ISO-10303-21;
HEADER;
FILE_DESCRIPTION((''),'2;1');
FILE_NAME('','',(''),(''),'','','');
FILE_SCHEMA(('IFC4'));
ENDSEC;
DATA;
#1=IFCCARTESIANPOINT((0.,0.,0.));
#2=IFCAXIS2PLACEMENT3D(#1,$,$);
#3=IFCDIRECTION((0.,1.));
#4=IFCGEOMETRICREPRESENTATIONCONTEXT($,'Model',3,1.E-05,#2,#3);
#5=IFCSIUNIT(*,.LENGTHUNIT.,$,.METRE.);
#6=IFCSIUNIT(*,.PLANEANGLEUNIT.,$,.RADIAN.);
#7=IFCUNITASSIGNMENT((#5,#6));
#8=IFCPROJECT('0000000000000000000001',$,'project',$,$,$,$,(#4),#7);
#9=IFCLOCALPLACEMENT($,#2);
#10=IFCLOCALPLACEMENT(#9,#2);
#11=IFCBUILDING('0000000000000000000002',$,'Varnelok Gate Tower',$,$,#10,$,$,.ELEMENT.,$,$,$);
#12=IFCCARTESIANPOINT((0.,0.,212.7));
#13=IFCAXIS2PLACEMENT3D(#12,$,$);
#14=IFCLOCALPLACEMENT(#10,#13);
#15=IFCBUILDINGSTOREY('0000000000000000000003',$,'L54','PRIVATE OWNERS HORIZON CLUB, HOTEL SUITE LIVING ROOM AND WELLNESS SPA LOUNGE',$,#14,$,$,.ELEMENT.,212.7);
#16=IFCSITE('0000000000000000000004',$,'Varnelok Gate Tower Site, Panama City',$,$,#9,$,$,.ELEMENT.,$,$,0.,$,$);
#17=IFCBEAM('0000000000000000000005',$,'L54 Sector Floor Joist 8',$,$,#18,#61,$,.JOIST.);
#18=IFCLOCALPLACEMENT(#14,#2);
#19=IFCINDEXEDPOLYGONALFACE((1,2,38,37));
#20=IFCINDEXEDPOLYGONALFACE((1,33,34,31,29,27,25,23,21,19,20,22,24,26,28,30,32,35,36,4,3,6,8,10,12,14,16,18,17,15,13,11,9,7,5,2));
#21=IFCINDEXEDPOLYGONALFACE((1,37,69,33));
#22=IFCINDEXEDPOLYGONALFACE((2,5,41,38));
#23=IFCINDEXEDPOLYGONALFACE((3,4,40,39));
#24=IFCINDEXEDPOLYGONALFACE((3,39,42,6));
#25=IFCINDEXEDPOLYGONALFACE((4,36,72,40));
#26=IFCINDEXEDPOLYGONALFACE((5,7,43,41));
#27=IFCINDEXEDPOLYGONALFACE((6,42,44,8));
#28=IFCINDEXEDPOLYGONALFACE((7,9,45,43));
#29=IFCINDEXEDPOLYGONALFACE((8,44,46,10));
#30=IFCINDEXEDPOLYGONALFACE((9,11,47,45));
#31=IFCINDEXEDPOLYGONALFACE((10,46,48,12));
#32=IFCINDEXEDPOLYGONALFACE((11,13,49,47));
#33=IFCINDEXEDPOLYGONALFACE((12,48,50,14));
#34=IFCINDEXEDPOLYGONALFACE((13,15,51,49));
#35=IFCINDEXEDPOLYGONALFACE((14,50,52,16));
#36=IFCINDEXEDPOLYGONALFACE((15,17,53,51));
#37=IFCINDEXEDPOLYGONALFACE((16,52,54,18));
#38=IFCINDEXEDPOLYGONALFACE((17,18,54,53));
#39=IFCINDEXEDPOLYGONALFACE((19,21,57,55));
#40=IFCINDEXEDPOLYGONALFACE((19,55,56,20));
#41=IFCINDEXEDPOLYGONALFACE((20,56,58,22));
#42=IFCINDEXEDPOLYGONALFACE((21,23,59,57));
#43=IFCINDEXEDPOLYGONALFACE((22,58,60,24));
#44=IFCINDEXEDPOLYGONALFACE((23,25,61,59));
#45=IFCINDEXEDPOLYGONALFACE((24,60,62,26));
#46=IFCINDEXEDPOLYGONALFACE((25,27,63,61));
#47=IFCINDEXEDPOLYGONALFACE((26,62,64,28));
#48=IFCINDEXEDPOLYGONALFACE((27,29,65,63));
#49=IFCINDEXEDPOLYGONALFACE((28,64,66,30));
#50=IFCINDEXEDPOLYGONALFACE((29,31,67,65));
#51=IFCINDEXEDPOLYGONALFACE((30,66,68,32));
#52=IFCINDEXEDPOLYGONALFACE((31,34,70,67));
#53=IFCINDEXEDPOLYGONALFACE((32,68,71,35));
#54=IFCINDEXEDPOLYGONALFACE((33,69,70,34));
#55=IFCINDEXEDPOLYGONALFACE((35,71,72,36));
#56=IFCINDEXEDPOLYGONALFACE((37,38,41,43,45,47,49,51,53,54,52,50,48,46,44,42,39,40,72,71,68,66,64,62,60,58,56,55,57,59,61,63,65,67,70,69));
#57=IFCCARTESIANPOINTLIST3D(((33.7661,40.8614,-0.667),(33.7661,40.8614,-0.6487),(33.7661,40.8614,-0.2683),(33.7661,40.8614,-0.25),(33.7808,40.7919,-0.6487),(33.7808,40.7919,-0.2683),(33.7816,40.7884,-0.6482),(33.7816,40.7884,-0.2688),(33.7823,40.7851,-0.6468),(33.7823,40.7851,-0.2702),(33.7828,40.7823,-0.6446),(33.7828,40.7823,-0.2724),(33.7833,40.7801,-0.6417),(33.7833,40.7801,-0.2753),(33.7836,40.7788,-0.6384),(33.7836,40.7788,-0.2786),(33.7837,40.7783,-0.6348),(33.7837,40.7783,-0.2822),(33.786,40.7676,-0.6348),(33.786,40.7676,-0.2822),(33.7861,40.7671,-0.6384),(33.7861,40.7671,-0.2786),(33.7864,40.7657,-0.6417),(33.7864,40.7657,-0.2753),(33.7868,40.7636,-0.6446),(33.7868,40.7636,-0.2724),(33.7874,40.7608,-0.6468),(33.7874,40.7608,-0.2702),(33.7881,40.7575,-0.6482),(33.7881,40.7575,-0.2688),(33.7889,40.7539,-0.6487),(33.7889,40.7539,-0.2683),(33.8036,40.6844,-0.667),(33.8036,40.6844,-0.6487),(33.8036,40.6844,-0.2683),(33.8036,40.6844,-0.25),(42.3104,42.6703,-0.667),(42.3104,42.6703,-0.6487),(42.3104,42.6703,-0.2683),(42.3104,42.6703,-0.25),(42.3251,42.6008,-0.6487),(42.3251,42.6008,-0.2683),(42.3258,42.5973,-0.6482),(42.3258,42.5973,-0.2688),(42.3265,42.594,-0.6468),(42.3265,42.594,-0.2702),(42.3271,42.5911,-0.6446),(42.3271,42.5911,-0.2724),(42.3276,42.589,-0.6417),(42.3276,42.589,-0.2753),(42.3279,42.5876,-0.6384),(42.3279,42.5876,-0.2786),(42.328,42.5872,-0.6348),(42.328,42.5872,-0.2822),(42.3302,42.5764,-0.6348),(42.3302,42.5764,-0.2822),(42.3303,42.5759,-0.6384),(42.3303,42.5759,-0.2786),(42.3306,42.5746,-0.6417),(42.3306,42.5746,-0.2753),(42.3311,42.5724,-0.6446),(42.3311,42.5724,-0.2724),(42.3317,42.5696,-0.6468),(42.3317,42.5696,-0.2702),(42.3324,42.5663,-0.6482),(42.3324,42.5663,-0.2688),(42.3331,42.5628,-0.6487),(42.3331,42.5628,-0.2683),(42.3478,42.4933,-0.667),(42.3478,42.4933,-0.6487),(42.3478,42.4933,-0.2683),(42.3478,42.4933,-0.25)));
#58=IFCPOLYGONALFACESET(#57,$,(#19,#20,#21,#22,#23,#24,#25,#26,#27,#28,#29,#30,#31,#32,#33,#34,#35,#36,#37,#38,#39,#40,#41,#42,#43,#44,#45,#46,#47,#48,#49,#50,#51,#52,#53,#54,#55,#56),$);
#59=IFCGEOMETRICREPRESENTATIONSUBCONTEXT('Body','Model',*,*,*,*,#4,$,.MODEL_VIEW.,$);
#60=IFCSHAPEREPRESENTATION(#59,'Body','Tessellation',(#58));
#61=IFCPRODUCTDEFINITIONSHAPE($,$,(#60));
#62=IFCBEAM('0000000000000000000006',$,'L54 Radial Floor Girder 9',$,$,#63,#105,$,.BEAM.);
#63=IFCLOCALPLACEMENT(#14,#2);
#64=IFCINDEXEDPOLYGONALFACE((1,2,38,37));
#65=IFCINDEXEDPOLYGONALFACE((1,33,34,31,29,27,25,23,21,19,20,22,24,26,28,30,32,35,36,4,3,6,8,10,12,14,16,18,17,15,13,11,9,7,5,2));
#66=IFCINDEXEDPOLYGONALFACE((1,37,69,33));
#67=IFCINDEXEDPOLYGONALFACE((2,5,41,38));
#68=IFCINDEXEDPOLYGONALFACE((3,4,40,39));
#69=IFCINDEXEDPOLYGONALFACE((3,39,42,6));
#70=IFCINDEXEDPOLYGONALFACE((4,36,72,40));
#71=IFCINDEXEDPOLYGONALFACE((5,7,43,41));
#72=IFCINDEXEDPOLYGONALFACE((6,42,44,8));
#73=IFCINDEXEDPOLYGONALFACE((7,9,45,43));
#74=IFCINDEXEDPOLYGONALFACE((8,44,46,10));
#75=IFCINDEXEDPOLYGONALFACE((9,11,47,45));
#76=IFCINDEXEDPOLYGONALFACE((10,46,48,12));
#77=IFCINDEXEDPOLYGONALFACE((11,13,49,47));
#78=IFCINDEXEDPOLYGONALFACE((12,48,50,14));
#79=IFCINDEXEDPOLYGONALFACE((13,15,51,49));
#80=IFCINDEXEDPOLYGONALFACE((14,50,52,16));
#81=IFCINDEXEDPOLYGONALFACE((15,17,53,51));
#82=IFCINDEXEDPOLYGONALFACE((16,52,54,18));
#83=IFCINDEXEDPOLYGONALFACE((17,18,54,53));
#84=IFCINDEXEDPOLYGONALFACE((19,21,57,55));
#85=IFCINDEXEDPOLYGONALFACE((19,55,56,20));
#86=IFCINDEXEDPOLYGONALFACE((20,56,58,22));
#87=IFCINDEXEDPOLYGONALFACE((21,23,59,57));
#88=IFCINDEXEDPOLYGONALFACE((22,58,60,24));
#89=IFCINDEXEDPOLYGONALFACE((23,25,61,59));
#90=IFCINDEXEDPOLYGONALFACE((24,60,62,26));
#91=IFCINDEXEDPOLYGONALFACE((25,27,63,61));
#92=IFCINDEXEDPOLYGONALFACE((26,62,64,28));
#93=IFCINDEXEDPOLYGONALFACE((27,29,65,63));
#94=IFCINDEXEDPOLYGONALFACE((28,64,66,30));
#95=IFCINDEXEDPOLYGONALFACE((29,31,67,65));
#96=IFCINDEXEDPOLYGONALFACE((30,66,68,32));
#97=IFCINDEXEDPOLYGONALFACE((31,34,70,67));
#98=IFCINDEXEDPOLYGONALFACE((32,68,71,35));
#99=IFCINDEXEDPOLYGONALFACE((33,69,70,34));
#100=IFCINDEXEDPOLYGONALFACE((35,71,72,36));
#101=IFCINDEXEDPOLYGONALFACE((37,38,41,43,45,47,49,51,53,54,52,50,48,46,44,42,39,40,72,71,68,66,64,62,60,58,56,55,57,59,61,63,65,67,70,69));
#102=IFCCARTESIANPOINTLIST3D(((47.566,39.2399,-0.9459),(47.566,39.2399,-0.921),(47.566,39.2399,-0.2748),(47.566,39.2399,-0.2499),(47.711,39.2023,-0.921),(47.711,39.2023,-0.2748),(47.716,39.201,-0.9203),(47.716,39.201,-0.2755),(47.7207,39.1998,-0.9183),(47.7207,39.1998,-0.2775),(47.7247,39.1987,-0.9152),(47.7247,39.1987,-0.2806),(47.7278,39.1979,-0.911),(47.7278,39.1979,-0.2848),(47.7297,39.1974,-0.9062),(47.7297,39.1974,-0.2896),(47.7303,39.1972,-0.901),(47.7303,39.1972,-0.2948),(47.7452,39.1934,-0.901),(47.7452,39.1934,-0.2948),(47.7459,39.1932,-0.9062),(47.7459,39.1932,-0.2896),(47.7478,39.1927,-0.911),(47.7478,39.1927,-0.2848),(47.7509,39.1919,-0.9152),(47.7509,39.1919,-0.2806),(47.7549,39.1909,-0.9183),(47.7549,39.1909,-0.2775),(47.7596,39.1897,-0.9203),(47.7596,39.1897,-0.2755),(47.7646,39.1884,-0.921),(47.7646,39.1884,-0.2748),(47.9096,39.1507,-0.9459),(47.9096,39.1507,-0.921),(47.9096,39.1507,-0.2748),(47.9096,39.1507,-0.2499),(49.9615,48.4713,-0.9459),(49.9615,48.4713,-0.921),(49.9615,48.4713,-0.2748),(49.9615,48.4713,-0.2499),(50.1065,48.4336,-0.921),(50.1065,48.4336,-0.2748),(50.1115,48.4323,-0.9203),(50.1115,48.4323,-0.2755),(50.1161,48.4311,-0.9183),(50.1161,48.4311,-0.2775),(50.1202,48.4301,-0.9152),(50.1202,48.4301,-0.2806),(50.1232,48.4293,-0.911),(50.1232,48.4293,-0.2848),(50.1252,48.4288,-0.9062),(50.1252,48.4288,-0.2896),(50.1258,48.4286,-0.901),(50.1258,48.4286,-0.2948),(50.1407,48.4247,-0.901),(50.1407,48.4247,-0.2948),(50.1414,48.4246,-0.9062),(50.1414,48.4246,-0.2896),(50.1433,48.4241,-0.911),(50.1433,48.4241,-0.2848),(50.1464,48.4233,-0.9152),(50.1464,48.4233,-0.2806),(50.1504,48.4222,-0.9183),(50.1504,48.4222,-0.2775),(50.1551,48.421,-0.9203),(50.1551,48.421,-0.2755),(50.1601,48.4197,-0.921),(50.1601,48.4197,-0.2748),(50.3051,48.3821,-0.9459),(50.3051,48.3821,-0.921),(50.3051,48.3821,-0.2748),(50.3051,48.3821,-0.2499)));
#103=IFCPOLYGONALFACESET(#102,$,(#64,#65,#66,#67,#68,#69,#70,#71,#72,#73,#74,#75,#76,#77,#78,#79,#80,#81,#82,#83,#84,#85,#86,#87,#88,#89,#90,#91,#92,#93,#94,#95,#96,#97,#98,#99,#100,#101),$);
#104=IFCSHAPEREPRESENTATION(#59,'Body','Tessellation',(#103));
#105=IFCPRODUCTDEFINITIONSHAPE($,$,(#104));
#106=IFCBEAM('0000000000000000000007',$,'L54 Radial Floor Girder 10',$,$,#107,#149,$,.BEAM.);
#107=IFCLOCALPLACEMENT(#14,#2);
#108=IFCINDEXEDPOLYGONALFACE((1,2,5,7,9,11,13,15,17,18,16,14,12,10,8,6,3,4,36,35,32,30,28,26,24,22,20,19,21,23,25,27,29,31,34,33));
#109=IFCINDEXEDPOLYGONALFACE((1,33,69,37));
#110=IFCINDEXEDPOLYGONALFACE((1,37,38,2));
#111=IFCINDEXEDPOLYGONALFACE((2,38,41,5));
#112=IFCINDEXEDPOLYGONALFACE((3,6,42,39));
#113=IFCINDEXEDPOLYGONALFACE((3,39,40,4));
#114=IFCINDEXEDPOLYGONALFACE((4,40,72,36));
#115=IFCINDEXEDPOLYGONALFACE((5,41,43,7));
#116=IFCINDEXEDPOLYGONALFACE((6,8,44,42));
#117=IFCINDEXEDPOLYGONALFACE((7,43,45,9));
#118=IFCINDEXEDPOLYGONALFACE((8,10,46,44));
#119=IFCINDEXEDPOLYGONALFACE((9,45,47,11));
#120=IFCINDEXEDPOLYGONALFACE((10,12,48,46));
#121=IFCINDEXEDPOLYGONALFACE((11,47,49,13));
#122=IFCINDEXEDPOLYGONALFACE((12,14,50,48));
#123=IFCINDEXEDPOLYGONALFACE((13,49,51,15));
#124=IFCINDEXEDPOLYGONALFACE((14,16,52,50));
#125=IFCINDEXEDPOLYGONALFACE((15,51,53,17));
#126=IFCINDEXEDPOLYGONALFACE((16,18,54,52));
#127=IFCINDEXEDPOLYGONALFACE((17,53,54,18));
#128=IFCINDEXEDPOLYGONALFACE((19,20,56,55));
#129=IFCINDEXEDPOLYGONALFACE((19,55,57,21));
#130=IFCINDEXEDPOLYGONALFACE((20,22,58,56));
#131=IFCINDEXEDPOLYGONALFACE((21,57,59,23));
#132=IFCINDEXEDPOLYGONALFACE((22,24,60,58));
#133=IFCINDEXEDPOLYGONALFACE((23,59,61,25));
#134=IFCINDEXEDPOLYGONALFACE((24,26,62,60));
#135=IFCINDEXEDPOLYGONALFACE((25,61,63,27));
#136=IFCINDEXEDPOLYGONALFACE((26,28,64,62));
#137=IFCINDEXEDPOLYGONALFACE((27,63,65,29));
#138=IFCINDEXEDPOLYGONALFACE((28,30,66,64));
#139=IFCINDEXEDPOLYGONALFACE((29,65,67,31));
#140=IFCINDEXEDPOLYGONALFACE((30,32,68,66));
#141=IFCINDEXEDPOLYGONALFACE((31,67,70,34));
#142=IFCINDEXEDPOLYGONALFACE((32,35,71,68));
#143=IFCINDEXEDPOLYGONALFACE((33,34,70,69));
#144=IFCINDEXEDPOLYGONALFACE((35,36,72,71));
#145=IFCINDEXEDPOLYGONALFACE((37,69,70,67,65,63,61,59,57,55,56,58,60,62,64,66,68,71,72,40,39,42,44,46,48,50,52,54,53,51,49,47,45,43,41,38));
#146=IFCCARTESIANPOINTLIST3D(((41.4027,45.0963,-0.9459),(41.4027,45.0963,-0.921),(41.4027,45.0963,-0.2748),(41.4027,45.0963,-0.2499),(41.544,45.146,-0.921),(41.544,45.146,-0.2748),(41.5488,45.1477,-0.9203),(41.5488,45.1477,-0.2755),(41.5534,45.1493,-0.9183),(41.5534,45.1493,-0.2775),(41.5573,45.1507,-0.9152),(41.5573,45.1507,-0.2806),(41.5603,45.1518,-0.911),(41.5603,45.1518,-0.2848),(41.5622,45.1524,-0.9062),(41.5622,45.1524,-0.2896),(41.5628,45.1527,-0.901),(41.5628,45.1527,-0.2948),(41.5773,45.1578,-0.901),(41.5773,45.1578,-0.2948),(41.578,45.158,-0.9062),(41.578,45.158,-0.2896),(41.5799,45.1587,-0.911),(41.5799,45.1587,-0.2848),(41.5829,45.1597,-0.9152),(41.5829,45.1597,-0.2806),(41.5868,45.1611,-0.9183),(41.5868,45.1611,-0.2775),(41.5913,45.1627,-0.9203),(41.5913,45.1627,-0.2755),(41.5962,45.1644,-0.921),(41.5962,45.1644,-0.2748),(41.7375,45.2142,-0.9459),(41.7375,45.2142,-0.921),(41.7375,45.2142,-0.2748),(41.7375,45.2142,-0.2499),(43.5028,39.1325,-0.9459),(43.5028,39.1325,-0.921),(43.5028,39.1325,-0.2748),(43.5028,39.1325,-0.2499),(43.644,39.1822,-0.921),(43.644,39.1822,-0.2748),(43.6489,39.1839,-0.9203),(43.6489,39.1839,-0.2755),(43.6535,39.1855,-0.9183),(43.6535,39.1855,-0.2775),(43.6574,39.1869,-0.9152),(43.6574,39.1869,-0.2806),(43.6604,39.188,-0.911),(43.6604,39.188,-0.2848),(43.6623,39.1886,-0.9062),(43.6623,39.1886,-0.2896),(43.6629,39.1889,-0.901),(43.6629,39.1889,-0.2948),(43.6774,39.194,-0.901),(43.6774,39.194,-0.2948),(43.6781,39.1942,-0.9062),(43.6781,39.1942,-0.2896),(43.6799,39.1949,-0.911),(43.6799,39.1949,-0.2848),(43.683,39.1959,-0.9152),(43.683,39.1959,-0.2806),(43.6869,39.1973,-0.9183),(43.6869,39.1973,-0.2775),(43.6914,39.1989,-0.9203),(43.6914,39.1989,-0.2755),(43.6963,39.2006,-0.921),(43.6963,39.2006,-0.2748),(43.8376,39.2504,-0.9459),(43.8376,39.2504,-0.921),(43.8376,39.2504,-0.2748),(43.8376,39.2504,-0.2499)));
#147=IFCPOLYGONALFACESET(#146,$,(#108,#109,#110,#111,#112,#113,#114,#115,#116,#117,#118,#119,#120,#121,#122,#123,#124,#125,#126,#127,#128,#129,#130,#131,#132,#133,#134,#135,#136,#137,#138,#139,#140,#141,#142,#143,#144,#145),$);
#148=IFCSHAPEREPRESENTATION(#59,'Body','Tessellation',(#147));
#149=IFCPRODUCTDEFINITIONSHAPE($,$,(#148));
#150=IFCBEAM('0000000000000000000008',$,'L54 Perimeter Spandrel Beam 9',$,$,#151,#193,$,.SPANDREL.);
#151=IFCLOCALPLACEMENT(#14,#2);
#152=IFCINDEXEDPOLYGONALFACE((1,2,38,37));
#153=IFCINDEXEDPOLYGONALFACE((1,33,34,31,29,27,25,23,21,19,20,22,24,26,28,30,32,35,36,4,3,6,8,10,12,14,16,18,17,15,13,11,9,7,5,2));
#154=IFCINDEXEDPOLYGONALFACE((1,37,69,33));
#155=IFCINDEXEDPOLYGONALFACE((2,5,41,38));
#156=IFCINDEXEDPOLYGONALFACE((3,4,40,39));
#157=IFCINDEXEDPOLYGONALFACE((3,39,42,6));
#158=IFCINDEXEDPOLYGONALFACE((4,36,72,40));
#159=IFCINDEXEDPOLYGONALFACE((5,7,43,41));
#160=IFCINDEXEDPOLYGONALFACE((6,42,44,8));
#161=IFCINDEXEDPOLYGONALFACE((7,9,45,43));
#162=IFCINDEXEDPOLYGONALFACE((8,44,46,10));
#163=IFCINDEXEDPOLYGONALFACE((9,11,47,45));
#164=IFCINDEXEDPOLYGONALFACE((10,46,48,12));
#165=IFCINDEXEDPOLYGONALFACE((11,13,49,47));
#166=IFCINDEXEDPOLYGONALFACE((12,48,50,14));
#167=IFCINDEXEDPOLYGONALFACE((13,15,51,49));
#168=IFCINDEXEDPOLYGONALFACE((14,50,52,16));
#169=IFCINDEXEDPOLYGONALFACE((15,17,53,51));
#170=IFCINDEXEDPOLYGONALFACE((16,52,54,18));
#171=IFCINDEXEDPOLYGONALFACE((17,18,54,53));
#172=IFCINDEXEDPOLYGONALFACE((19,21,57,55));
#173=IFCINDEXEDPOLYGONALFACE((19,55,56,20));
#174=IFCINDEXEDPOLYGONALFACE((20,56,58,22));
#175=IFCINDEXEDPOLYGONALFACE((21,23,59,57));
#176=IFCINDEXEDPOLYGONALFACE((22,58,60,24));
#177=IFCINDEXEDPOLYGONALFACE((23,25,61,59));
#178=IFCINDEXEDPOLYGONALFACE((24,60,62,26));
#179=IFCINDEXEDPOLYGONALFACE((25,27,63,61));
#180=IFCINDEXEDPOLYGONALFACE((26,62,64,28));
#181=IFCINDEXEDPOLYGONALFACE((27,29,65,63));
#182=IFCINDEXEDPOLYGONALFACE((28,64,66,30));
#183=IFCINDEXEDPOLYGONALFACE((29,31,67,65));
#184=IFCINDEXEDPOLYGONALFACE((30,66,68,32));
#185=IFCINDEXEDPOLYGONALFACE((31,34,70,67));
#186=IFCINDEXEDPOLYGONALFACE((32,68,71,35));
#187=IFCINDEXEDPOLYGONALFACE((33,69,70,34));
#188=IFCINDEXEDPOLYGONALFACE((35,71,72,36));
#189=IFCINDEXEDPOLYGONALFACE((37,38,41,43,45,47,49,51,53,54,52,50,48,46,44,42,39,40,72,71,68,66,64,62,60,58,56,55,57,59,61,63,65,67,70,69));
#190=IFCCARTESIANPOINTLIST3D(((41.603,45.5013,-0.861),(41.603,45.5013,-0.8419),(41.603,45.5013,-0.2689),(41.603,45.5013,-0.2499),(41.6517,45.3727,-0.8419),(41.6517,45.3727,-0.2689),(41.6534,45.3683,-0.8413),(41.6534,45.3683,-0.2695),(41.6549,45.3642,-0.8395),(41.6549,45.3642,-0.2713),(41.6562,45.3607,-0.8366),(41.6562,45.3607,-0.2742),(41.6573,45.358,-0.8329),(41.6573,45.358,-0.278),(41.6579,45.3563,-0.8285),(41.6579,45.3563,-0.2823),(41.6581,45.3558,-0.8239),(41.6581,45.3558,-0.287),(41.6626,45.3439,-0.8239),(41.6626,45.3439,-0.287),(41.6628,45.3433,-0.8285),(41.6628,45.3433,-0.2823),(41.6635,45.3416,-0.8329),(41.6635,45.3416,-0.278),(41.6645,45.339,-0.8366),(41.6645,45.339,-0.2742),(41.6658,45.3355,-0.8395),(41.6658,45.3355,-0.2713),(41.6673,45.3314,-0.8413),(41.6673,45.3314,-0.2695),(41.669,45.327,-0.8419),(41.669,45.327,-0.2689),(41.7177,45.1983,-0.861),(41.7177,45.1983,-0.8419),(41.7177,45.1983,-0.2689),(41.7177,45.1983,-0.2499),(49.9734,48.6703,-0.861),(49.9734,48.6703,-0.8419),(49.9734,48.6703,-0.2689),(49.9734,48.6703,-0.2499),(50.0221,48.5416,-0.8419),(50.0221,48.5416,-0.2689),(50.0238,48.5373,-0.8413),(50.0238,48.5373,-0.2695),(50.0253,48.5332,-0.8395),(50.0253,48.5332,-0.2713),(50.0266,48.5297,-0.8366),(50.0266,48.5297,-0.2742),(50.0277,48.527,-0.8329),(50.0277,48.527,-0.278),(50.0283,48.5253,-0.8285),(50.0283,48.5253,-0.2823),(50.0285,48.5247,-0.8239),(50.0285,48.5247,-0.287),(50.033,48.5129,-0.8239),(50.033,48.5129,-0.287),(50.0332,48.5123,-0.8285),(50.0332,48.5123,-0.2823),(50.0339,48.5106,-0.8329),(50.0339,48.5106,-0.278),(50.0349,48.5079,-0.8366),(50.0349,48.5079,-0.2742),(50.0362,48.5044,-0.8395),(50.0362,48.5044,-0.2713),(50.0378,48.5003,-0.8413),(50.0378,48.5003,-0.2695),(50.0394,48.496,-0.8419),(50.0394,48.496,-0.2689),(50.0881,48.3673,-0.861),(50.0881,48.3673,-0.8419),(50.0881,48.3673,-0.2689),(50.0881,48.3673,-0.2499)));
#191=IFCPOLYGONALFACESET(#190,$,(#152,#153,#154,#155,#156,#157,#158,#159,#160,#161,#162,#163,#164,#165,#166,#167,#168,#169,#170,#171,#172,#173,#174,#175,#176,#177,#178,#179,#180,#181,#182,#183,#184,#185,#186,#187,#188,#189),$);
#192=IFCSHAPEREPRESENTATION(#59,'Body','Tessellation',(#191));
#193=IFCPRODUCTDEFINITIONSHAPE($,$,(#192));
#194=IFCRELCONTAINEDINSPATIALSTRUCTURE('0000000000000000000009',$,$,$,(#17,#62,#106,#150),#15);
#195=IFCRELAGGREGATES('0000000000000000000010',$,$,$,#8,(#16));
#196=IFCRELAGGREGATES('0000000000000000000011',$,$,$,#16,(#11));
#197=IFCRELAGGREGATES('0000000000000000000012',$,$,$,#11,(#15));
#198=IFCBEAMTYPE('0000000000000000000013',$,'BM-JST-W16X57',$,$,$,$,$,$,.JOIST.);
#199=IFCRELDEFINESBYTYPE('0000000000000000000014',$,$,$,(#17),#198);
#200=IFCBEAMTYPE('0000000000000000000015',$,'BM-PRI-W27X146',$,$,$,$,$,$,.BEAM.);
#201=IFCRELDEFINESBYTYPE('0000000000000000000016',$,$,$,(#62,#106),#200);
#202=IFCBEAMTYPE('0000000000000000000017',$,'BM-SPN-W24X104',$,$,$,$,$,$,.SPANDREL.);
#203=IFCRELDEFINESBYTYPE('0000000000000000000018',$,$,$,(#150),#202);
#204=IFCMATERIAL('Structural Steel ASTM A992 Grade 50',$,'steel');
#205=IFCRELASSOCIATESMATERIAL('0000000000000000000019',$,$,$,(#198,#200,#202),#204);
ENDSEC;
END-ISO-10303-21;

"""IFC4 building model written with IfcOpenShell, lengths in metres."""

from ifc_helpers import new_model, si_unit, direction, frame, origin, origin_2d, place, context, subcontext, project, spatial, i_section, extrude, material, material_profile, profile_set, type_object, element, save


model = new_model("IFC4")

# Units and contexts
model_context = context("Model", 3, precision=1e-05, world=origin(), true_north=direction((0.0, 1.0)))
body_context = subcontext(model_context, "Body", "Model", "MODEL_VIEW")
ifc_project = project(units=[si_unit("LENGTHUNIT", "METRE"), si_unit("PLANEANGLEUNIT", "RADIAN")], contexts=[model_context])

# Site, building, storey
site_placement = place(None, origin())
site = spatial("IfcSite", under=ifc_project, at=site_placement, Name="Varnelok Gate Tower Site, Panama City", CompositionType="ELEMENT", RefElevation=0.0)
building_placement = place(site_placement, origin())
building = spatial("IfcBuilding", under=site, at=building_placement, Name="Varnelok Gate Tower", CompositionType="ELEMENT")
storey_placement = place(building_placement, frame((0.0, 0.0, 212.7)))
storey = spatial("IfcBuildingStorey", under=building, at=storey_placement, Name="L54", Description="PRIVATE OWNERS HORIZON CLUB, HOTEL SUITE LIVING ROOM AND WELLNESS SPA LOUNGE", CompositionType="ELEMENT", Elevation=212.7)

# Shared definitions
ifc_material_1 = material(Name="Structural Steel ASTM A992 Grade 50", Category="steel")

# Beams
ifc_material_profile_1 = material_profile(ifc_material_1, i_section(OverallWidth=0.1809, OverallDepth=0.417, WebThickness=0.011, FlangeThickness=0.0183, FilletRadius=0.0139, at=origin_2d()), Name="W16X57")
ifc_profile_set_1 = profile_set([ifc_material_profile_1], Name="Structural Steel ASTM A992 Grade 50")
beam_type_1 = type_object("IfcBeamType", Name="BM-JST-W16X57", PredefinedType="JOIST", material=ifc_profile_set_1)
beam_1_placement = place(storey_placement, frame((42.3291, 42.5818, -0.4585), z_axis=(-0.978317, -0.207113, 0.0), x_axis=(0.207113, -0.978317, 0.0)))
element("IfcBeam", 1, at=beam_1_placement, inside=storey, type_object=beam_type_1, Name="L54 Sector Floor Joist 8", PredefinedType="JOIST", context=body_context, shape_type="SweptSolid", body=[
    extrude(i_section(OverallWidth=0.1809, OverallDepth=0.417, WebThickness=0.011, FlangeThickness=0.0183, FilletRadius=0.0139, at=origin_2d()), origin(), (0.0, 0.0, 1.0), 8.7336),
])
ifc_material_profile_2 = material_profile(ifc_material_1, i_section(OverallWidth=0.355, OverallDepth=0.696, WebThickness=0.0154, FlangeThickness=0.0249, FilletRadius=0.02, at=origin_2d()), Name="W27X146")
ifc_profile_set_2 = profile_set([ifc_material_profile_2], Name="Structural Steel ASTM A992 Grade 50")
beam_type_2 = type_object("IfcBeamType", Name="BM-PRI-W27X146", PredefinedType="BEAM", material=ifc_profile_set_2)
beam_2_placement = place(storey_placement, frame((47.7378, 39.1953, -0.5979), z_axis=(0.251175, 0.967942, 0.0), x_axis=(-0.967942, 0.251175, 0.0)))
element("IfcBeam", 2, at=beam_2_placement, inside=storey, type_object=beam_type_2, Name="L54 Radial Floor Girder 9", PredefinedType="BEAM", context=body_context, shape_type="SweptSolid", body=[
    extrude(i_section(OverallWidth=0.355, OverallDepth=0.696, WebThickness=0.0154, FlangeThickness=0.0249, FilletRadius=0.02, at=origin_2d()), origin(), (0.0, 0.0, 1.0), 9.5371),
])
beam_3_placement = place(storey_placement, frame((43.6702, 39.1914, -0.5979), z_axis=(-0.332145, 0.943228, 0.0), x_axis=(-0.943228, -0.332145, 0.0)))
element("IfcBeam", 3, at=beam_3_placement, inside=storey, type_object=beam_type_2, Name="L54 Radial Floor Girder 10", PredefinedType="BEAM", context=body_context, shape_type="SweptSolid", body=[
    extrude(i_section(OverallWidth=0.355, OverallDepth=0.696, WebThickness=0.0154, FlangeThickness=0.0249, FilletRadius=0.02, at=origin_2d()), origin(), (0.0, 0.0, 1.0), 6.3228),
])
ifc_material_profile_3 = material_profile(ifc_material_1, i_section(OverallWidth=0.324, OverallDepth=0.6111, WebThickness=0.0127, FlangeThickness=0.019, FilletRadius=0.0181, at=origin_2d()), Name="W24X104")
ifc_profile_set_3 = profile_set([ifc_material_profile_3], Name="Structural Steel ASTM A992 Grade 50")
beam_type_3 = type_object("IfcBeamType", Name="BM-SPN-W24X104", PredefinedType="SPANDREL", material=ifc_profile_set_3)
beam_4_placement = place(storey_placement, frame((50.0308, 48.5188, -0.5554), z_axis=(-0.93522, -0.354066, 0.0), x_axis=(0.354066, -0.93522, 0.0)))
element("IfcBeam", 4, at=beam_4_placement, inside=storey, type_object=beam_type_3, Name="L54 Perimeter Spandrel Beam 9", PredefinedType="SPANDREL", context=body_context, shape_type="SweptSolid", body=[
    extrude(i_section(OverallWidth=0.324, OverallDepth=0.6111, WebThickness=0.0127, FlangeThickness=0.019, FilletRadius=0.0181, at=origin_2d()), origin(), (0.0, 0.0, 1.0), 8.9502),
])

save(model, "model.ifc")
